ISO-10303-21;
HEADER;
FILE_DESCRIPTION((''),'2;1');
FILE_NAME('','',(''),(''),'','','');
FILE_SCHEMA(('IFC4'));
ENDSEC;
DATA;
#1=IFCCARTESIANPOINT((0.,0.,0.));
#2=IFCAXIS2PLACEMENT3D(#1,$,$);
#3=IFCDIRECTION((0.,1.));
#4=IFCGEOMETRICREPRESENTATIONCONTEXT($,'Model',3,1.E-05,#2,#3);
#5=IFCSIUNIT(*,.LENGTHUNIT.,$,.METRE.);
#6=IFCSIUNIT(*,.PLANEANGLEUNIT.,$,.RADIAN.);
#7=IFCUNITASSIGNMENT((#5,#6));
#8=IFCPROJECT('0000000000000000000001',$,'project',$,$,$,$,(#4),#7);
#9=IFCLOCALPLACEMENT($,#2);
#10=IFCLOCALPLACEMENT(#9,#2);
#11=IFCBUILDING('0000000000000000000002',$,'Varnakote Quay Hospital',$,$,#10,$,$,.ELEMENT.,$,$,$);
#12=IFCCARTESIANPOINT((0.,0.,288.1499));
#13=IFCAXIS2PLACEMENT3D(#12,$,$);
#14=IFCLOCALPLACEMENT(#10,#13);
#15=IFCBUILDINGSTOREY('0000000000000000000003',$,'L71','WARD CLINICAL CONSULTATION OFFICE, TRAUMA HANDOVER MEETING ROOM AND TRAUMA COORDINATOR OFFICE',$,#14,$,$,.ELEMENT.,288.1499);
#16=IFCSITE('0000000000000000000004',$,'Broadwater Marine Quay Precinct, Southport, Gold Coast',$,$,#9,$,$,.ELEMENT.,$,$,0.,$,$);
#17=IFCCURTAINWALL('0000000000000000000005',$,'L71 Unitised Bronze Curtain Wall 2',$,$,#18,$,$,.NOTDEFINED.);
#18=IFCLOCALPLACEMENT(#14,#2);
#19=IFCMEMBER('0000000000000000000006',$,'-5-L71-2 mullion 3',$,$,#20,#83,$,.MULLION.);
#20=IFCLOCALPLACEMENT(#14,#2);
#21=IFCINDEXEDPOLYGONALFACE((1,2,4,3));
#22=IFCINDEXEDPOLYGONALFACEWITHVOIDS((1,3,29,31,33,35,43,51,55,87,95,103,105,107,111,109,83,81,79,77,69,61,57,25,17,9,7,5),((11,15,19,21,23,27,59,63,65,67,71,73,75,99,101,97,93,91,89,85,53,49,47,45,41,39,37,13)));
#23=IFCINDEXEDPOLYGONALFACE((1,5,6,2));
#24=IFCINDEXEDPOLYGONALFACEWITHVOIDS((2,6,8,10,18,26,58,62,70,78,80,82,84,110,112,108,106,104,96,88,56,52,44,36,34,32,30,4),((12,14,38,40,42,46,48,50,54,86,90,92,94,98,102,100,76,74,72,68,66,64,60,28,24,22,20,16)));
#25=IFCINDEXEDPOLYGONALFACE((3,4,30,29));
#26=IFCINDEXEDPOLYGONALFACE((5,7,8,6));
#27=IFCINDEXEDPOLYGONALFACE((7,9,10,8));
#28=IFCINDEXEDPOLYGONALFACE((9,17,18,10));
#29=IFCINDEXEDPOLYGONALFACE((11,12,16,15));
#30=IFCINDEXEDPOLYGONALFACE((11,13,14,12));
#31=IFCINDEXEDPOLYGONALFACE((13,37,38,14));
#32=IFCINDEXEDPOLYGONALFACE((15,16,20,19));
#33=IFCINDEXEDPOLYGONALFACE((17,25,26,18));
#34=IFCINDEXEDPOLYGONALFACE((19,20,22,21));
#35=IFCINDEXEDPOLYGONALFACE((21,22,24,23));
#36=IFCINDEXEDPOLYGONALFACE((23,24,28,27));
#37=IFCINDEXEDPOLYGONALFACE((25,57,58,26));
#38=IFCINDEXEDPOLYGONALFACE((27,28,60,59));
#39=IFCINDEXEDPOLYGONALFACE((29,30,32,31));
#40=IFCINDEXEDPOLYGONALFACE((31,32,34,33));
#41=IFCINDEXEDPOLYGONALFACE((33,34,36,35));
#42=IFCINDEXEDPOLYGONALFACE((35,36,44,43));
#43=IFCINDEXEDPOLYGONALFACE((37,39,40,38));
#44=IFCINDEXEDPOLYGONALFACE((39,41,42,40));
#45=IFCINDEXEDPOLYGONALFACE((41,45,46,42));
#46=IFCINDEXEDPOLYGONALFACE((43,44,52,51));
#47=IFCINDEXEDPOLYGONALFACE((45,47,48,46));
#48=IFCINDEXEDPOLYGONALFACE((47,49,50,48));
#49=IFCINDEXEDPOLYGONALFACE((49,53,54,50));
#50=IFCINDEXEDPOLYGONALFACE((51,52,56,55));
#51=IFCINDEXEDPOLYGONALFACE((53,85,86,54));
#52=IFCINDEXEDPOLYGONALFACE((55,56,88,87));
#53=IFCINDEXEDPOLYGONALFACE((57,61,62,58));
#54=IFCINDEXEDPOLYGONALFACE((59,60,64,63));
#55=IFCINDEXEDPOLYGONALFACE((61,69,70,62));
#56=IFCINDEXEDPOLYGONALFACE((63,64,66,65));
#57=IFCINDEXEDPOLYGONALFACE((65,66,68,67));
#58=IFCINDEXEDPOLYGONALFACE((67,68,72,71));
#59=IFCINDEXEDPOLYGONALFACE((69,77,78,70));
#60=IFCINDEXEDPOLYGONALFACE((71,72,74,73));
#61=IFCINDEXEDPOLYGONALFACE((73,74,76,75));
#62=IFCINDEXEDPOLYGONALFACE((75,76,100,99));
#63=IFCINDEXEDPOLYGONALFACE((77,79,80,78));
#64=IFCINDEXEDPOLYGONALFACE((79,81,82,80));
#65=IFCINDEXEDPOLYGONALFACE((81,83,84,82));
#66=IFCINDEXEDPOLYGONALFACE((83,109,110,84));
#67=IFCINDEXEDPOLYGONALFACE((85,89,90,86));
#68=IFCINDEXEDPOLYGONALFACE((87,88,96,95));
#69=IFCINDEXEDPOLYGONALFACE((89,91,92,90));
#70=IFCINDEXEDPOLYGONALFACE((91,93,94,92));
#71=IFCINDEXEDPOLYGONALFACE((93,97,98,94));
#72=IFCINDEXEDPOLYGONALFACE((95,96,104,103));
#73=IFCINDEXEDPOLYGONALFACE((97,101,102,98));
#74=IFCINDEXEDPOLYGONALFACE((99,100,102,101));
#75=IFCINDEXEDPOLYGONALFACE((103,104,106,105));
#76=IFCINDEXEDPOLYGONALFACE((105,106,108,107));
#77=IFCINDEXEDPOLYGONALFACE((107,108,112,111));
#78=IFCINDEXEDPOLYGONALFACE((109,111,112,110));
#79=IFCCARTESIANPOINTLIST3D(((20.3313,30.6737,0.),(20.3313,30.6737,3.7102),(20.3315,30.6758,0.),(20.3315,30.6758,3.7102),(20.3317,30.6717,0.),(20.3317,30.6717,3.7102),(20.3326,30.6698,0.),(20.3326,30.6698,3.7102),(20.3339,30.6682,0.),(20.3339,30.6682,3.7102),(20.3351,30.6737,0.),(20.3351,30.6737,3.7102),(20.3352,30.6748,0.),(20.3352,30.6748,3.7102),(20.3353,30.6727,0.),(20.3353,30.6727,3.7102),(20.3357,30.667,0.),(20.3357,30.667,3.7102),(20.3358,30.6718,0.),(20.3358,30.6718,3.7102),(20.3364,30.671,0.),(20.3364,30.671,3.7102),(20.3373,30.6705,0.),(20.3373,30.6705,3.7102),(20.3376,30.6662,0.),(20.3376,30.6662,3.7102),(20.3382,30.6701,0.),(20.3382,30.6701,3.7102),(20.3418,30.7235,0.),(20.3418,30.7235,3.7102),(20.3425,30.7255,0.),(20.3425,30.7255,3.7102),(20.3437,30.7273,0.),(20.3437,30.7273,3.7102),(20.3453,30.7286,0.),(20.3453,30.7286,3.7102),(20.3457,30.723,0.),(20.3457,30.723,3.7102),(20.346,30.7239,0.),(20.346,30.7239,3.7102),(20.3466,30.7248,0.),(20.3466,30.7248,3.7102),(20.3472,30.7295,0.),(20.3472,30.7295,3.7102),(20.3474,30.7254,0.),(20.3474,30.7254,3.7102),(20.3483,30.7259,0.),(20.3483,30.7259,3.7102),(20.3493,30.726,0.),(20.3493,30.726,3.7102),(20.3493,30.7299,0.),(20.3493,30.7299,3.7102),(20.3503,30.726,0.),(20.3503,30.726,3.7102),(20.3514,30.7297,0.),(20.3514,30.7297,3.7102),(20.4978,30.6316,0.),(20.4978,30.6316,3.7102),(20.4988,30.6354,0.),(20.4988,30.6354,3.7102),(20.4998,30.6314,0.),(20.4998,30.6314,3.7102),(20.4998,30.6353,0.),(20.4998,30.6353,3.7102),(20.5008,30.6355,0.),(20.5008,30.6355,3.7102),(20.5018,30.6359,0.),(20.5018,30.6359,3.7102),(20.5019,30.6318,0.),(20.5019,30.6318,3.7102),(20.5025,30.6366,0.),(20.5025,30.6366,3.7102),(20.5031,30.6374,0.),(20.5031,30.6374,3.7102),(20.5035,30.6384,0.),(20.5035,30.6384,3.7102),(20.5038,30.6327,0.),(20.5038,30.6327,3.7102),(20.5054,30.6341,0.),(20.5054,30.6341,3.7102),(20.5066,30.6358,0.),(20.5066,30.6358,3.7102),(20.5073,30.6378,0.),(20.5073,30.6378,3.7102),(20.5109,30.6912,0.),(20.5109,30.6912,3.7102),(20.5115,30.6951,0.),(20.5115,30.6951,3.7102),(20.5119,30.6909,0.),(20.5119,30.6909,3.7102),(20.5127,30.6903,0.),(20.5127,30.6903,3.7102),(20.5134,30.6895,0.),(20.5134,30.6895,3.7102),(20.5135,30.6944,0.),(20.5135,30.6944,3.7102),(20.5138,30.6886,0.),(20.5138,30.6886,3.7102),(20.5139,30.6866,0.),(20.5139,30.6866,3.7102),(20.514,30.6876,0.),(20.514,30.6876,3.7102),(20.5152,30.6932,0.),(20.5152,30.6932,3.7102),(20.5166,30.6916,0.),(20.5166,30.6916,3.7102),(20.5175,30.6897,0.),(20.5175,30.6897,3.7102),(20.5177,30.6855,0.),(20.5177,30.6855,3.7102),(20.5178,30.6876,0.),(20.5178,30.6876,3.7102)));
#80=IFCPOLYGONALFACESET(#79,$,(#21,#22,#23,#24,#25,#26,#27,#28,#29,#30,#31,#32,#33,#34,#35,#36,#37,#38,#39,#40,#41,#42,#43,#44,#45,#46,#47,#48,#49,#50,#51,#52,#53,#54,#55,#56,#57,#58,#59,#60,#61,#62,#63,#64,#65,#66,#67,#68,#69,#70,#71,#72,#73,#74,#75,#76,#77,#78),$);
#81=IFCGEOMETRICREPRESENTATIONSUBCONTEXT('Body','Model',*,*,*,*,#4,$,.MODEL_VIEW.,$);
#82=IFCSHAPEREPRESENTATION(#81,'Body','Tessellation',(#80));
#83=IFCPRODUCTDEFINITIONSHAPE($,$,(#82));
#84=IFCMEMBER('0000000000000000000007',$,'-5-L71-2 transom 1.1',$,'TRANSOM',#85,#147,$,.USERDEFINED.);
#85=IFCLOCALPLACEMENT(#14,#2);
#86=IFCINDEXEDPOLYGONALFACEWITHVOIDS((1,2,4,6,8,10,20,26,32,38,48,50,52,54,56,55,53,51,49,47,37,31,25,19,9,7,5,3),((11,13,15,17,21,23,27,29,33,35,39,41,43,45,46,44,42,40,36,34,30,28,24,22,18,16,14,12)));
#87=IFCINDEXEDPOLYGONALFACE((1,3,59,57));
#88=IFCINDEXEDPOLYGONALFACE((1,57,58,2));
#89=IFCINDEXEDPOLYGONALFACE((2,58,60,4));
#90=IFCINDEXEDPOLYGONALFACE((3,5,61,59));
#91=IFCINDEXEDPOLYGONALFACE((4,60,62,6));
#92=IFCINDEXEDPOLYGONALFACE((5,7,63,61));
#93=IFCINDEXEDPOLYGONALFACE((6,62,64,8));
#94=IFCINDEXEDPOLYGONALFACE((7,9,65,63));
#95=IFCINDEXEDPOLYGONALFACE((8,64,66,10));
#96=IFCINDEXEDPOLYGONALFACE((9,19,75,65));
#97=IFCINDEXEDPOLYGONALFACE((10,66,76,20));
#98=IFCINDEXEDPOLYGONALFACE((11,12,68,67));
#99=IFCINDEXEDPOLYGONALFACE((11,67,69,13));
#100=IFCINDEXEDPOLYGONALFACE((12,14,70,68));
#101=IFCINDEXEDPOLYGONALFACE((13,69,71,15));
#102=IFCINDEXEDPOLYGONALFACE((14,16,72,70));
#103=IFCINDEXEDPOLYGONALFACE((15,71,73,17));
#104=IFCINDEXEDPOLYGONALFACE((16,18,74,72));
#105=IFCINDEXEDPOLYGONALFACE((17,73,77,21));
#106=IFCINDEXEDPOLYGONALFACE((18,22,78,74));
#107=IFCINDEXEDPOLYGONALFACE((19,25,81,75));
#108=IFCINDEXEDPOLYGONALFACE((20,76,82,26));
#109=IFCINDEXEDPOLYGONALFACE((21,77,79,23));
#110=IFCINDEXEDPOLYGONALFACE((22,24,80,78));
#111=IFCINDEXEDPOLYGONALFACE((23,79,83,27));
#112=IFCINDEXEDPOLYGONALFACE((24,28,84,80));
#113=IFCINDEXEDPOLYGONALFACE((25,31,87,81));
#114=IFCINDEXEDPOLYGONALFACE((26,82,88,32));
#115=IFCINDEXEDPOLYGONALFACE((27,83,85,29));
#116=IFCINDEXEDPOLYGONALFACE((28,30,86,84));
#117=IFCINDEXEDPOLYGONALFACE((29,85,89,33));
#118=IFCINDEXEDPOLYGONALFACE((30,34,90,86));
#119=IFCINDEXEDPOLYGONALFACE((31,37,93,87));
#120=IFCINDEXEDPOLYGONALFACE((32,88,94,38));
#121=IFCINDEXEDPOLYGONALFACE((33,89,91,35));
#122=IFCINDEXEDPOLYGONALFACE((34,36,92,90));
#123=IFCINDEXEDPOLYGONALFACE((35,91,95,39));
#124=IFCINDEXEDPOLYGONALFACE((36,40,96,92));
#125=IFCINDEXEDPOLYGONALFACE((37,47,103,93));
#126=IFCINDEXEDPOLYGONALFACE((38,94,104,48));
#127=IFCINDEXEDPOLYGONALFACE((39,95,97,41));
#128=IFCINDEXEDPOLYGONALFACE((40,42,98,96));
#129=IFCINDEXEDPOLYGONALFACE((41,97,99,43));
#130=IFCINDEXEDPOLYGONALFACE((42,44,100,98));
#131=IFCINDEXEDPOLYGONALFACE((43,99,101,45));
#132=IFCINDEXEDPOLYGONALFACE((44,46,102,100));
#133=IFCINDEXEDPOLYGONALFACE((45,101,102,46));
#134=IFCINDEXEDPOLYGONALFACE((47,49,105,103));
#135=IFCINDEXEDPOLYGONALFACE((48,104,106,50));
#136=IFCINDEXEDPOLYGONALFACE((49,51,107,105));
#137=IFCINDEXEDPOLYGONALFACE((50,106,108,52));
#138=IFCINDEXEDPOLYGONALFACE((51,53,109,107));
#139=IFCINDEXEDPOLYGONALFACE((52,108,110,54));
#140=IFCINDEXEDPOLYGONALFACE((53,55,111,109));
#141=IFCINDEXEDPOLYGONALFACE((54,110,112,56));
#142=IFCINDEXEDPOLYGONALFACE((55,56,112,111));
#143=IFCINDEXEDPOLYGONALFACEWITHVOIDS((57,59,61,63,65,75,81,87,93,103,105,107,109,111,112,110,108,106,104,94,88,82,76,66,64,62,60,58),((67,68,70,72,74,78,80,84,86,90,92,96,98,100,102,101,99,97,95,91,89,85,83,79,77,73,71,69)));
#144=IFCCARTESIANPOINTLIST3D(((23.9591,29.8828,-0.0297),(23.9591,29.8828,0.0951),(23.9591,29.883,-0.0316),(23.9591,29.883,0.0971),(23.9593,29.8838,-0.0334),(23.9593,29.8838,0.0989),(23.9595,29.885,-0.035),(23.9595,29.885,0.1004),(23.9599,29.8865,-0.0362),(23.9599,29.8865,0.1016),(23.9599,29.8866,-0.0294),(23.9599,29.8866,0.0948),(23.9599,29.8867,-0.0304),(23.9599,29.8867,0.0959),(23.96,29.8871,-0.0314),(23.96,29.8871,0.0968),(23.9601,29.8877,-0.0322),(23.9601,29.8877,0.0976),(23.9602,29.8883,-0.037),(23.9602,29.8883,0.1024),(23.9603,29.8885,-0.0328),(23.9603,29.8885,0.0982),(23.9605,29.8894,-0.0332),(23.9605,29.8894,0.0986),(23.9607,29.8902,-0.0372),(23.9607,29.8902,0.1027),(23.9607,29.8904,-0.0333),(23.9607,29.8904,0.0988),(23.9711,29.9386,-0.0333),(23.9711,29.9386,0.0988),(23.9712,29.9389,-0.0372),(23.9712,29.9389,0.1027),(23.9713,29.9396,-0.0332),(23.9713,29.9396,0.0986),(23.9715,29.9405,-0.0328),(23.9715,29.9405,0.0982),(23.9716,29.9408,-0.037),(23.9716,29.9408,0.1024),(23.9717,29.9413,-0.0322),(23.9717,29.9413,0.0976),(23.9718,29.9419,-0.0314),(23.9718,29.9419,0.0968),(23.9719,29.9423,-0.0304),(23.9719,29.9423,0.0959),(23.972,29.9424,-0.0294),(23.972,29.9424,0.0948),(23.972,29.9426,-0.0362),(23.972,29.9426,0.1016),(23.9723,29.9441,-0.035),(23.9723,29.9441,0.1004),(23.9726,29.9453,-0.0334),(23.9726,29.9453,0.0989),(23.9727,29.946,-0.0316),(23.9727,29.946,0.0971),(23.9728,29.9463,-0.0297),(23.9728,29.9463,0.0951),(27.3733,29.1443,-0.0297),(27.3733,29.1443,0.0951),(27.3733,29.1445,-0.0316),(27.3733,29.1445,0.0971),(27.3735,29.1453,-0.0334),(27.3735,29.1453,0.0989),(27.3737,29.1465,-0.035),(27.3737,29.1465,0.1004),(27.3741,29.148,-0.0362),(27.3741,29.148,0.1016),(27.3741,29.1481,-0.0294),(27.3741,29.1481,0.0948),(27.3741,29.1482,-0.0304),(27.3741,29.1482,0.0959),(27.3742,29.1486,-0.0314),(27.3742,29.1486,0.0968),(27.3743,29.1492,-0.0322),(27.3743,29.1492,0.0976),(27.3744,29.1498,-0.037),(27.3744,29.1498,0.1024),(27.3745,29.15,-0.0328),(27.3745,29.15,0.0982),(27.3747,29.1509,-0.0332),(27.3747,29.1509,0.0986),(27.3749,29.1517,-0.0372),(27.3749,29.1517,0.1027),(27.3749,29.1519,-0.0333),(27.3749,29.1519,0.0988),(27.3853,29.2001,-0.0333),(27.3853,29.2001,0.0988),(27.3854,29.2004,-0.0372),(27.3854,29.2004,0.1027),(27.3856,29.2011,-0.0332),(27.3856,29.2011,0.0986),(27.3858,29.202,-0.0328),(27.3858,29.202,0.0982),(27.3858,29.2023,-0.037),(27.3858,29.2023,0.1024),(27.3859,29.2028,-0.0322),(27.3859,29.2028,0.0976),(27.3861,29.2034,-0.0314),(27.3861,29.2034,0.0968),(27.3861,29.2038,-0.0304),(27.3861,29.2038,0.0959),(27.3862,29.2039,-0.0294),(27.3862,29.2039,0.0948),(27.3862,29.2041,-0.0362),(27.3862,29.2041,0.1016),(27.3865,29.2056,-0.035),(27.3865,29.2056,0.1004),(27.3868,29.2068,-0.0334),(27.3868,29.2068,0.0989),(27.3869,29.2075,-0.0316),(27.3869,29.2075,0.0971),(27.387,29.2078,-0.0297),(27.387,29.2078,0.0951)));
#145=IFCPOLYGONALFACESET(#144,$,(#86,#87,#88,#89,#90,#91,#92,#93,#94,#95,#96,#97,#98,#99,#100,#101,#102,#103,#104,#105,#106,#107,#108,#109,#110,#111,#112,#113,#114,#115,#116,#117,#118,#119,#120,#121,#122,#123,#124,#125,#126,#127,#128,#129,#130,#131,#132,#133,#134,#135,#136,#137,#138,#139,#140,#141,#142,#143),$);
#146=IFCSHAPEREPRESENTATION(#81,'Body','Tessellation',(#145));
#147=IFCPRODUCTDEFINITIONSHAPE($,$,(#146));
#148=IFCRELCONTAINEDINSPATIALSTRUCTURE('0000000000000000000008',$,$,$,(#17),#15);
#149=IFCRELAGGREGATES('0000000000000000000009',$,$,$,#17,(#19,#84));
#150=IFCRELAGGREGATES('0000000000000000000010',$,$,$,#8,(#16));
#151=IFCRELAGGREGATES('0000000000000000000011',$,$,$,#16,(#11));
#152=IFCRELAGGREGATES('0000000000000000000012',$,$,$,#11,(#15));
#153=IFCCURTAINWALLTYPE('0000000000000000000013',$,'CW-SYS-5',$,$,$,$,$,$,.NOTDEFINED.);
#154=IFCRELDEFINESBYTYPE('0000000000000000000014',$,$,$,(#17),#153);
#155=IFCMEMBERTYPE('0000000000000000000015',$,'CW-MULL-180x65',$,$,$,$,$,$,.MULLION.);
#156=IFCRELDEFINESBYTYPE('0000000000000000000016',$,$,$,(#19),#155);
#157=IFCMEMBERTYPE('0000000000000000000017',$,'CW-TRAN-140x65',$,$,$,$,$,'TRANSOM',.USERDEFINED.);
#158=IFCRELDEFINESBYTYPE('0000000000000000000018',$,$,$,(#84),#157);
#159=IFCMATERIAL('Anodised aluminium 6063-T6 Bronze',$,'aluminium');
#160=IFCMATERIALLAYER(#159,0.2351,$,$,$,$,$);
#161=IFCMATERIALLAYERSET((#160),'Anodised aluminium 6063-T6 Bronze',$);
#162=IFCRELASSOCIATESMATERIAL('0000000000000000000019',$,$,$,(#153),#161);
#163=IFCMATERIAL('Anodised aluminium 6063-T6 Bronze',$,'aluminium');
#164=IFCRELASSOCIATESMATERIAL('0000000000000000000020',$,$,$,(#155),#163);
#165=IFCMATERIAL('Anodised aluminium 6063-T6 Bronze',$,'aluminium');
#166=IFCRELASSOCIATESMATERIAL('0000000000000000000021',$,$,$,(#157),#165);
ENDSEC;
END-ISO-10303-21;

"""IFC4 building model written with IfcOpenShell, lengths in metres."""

from ifc_helpers import new_model, si_unit, direction, frame, origin, origin_2d, place, context, subcontext, project, spatial, hollow_rectangle, extrude, material, layer, layer_set, material_profile, profile_set, type_object, element, aggregate, save


model = new_model("IFC4")

# Units and contexts
model_context = context("Model", 3, precision=1e-05, world=origin(), true_north=direction((0.0, 1.0)))
body_context = subcontext(model_context, "Body", "Model", "MODEL_VIEW")
ifc_project = project(units=[si_unit("LENGTHUNIT", "METRE"), si_unit("PLANEANGLEUNIT", "RADIAN")], contexts=[model_context])

# Site, building, storey
site_placement = place(None, origin())
site = spatial("IfcSite", under=ifc_project, at=site_placement, Name="Broadwater Marine Quay Precinct, Southport, Gold Coast", CompositionType="ELEMENT", RefElevation=0.0)
building_placement = place(site_placement, origin())
building = spatial("IfcBuilding", under=site, at=building_placement, Name="Varnakote Quay Hospital", CompositionType="ELEMENT")
storey_placement = place(building_placement, frame((0.0, 0.0, 288.1499)))
storey = spatial("IfcBuildingStorey", under=building, at=storey_placement, Name="L71", Description="WARD CLINICAL CONSULTATION OFFICE, TRAUMA HANDOVER MEETING ROOM AND TRAUMA COORDINATOR OFFICE", CompositionType="ELEMENT", Elevation=288.1499)

# Shared definitions
ifc_material_1 = material(Name="Anodised aluminium 6063-T6 Bronze", Category="aluminium")
ifc_layer_1 = layer(ifc_material_1, 0.2351)
ifc_layer_set_1 = layer_set([ifc_layer_1], Name="Anodised aluminium 6063-T6 Bronze")
curtain_wall_type = type_object("IfcCurtainWallType", Name="CW-SYS-5", PredefinedType="NOTDEFINED", material=ifc_layer_set_1)
ifc_material_2 = material(Name="Anodised aluminium 6063-T6 Bronze", Category="aluminium")
ifc_material_profile_1 = material_profile(ifc_material_2, hollow_rectangle(XDim=0.0649, YDim=0.1799, WallThickness=0.0039, InnerFilletRadius=0.0039, OuterFilletRadius=0.0081, at=origin_2d()), Name="CW-MULL-180x65")
ifc_profile_set_1 = profile_set([ifc_material_profile_1], Name="Anodised aluminium 6063-T6 Bronze")
member_type_1 = type_object("IfcMemberType", Name="CW-MULL-180x65", PredefinedType="MULLION", material=ifc_profile_set_1)

# Curtain wall, members
curtain_wall_1_placement = place(storey_placement, origin())
curtain_wall_1 = element("IfcCurtainWall", 1, at=curtain_wall_1_placement, inside=storey, type_object=curtain_wall_type, Name="L71 Unitised Bronze Curtain Wall 2", PredefinedType="NOTDEFINED")
member_1_placement = place(storey_placement, frame((20.4246, 30.6807, 0.0), z_axis=(0.0, 0.0, 1.0), x_axis=(-0.211408, -0.977398, 0.0)))
member_1 = element("IfcMember", 2, at=member_1_placement, type_object=member_type_1, Name="-5-L71-2 mullion 3", PredefinedType="MULLION", context=body_context, shape_type="SweptSolid", body=[
    extrude(hollow_rectangle(XDim=0.0649, YDim=0.1799, WallThickness=0.0039, InnerFilletRadius=0.0039, OuterFilletRadius=0.0081, at=origin_2d()), origin(), (0.0, 0.0, 1.0), 3.7102),
])
ifc_material_3 = material(Name="Anodised aluminium 6063-T6 Bronze", Category="aluminium")
ifc_material_profile_2 = material_profile(ifc_material_3, hollow_rectangle(XDim=0.0649, YDim=0.1399, WallThickness=0.0039, InnerFilletRadius=0.0039, OuterFilletRadius=0.0076, at=origin_2d()), Name="CW-TRAN-140x65")
ifc_profile_set_2 = profile_set([ifc_material_profile_2], Name="Anodised aluminium 6063-T6 Bronze")
member_type_2 = type_object("IfcMemberType", Name="CW-TRAN-140x65", ElementType="TRANSOM", PredefinedType="USERDEFINED", material=ifc_profile_set_2)
member_2_placement = place(storey_placement, frame((27.3801, 29.176, 0.0327), z_axis=(-0.977397, 0.211414, 0.0), x_axis=(-0.211414, -0.977397, 0.0)))
member_2 = element("IfcMember", 3, at=member_2_placement, type_object=member_type_2, Name="-5-L71-2 transom 1.1", ObjectType="TRANSOM", PredefinedType="USERDEFINED", context=body_context, shape_type="SweptSolid", body=[
    extrude(hollow_rectangle(XDim=0.0649, YDim=0.1399, WallThickness=0.0039, InnerFilletRadius=0.0039, OuterFilletRadius=0.0076, at=origin_2d()), origin(), (0.0, 0.0, 1.0), 3.4932),
])
aggregate(curtain_wall_1, [member_1, member_2])

save(model, "model.ifc")
